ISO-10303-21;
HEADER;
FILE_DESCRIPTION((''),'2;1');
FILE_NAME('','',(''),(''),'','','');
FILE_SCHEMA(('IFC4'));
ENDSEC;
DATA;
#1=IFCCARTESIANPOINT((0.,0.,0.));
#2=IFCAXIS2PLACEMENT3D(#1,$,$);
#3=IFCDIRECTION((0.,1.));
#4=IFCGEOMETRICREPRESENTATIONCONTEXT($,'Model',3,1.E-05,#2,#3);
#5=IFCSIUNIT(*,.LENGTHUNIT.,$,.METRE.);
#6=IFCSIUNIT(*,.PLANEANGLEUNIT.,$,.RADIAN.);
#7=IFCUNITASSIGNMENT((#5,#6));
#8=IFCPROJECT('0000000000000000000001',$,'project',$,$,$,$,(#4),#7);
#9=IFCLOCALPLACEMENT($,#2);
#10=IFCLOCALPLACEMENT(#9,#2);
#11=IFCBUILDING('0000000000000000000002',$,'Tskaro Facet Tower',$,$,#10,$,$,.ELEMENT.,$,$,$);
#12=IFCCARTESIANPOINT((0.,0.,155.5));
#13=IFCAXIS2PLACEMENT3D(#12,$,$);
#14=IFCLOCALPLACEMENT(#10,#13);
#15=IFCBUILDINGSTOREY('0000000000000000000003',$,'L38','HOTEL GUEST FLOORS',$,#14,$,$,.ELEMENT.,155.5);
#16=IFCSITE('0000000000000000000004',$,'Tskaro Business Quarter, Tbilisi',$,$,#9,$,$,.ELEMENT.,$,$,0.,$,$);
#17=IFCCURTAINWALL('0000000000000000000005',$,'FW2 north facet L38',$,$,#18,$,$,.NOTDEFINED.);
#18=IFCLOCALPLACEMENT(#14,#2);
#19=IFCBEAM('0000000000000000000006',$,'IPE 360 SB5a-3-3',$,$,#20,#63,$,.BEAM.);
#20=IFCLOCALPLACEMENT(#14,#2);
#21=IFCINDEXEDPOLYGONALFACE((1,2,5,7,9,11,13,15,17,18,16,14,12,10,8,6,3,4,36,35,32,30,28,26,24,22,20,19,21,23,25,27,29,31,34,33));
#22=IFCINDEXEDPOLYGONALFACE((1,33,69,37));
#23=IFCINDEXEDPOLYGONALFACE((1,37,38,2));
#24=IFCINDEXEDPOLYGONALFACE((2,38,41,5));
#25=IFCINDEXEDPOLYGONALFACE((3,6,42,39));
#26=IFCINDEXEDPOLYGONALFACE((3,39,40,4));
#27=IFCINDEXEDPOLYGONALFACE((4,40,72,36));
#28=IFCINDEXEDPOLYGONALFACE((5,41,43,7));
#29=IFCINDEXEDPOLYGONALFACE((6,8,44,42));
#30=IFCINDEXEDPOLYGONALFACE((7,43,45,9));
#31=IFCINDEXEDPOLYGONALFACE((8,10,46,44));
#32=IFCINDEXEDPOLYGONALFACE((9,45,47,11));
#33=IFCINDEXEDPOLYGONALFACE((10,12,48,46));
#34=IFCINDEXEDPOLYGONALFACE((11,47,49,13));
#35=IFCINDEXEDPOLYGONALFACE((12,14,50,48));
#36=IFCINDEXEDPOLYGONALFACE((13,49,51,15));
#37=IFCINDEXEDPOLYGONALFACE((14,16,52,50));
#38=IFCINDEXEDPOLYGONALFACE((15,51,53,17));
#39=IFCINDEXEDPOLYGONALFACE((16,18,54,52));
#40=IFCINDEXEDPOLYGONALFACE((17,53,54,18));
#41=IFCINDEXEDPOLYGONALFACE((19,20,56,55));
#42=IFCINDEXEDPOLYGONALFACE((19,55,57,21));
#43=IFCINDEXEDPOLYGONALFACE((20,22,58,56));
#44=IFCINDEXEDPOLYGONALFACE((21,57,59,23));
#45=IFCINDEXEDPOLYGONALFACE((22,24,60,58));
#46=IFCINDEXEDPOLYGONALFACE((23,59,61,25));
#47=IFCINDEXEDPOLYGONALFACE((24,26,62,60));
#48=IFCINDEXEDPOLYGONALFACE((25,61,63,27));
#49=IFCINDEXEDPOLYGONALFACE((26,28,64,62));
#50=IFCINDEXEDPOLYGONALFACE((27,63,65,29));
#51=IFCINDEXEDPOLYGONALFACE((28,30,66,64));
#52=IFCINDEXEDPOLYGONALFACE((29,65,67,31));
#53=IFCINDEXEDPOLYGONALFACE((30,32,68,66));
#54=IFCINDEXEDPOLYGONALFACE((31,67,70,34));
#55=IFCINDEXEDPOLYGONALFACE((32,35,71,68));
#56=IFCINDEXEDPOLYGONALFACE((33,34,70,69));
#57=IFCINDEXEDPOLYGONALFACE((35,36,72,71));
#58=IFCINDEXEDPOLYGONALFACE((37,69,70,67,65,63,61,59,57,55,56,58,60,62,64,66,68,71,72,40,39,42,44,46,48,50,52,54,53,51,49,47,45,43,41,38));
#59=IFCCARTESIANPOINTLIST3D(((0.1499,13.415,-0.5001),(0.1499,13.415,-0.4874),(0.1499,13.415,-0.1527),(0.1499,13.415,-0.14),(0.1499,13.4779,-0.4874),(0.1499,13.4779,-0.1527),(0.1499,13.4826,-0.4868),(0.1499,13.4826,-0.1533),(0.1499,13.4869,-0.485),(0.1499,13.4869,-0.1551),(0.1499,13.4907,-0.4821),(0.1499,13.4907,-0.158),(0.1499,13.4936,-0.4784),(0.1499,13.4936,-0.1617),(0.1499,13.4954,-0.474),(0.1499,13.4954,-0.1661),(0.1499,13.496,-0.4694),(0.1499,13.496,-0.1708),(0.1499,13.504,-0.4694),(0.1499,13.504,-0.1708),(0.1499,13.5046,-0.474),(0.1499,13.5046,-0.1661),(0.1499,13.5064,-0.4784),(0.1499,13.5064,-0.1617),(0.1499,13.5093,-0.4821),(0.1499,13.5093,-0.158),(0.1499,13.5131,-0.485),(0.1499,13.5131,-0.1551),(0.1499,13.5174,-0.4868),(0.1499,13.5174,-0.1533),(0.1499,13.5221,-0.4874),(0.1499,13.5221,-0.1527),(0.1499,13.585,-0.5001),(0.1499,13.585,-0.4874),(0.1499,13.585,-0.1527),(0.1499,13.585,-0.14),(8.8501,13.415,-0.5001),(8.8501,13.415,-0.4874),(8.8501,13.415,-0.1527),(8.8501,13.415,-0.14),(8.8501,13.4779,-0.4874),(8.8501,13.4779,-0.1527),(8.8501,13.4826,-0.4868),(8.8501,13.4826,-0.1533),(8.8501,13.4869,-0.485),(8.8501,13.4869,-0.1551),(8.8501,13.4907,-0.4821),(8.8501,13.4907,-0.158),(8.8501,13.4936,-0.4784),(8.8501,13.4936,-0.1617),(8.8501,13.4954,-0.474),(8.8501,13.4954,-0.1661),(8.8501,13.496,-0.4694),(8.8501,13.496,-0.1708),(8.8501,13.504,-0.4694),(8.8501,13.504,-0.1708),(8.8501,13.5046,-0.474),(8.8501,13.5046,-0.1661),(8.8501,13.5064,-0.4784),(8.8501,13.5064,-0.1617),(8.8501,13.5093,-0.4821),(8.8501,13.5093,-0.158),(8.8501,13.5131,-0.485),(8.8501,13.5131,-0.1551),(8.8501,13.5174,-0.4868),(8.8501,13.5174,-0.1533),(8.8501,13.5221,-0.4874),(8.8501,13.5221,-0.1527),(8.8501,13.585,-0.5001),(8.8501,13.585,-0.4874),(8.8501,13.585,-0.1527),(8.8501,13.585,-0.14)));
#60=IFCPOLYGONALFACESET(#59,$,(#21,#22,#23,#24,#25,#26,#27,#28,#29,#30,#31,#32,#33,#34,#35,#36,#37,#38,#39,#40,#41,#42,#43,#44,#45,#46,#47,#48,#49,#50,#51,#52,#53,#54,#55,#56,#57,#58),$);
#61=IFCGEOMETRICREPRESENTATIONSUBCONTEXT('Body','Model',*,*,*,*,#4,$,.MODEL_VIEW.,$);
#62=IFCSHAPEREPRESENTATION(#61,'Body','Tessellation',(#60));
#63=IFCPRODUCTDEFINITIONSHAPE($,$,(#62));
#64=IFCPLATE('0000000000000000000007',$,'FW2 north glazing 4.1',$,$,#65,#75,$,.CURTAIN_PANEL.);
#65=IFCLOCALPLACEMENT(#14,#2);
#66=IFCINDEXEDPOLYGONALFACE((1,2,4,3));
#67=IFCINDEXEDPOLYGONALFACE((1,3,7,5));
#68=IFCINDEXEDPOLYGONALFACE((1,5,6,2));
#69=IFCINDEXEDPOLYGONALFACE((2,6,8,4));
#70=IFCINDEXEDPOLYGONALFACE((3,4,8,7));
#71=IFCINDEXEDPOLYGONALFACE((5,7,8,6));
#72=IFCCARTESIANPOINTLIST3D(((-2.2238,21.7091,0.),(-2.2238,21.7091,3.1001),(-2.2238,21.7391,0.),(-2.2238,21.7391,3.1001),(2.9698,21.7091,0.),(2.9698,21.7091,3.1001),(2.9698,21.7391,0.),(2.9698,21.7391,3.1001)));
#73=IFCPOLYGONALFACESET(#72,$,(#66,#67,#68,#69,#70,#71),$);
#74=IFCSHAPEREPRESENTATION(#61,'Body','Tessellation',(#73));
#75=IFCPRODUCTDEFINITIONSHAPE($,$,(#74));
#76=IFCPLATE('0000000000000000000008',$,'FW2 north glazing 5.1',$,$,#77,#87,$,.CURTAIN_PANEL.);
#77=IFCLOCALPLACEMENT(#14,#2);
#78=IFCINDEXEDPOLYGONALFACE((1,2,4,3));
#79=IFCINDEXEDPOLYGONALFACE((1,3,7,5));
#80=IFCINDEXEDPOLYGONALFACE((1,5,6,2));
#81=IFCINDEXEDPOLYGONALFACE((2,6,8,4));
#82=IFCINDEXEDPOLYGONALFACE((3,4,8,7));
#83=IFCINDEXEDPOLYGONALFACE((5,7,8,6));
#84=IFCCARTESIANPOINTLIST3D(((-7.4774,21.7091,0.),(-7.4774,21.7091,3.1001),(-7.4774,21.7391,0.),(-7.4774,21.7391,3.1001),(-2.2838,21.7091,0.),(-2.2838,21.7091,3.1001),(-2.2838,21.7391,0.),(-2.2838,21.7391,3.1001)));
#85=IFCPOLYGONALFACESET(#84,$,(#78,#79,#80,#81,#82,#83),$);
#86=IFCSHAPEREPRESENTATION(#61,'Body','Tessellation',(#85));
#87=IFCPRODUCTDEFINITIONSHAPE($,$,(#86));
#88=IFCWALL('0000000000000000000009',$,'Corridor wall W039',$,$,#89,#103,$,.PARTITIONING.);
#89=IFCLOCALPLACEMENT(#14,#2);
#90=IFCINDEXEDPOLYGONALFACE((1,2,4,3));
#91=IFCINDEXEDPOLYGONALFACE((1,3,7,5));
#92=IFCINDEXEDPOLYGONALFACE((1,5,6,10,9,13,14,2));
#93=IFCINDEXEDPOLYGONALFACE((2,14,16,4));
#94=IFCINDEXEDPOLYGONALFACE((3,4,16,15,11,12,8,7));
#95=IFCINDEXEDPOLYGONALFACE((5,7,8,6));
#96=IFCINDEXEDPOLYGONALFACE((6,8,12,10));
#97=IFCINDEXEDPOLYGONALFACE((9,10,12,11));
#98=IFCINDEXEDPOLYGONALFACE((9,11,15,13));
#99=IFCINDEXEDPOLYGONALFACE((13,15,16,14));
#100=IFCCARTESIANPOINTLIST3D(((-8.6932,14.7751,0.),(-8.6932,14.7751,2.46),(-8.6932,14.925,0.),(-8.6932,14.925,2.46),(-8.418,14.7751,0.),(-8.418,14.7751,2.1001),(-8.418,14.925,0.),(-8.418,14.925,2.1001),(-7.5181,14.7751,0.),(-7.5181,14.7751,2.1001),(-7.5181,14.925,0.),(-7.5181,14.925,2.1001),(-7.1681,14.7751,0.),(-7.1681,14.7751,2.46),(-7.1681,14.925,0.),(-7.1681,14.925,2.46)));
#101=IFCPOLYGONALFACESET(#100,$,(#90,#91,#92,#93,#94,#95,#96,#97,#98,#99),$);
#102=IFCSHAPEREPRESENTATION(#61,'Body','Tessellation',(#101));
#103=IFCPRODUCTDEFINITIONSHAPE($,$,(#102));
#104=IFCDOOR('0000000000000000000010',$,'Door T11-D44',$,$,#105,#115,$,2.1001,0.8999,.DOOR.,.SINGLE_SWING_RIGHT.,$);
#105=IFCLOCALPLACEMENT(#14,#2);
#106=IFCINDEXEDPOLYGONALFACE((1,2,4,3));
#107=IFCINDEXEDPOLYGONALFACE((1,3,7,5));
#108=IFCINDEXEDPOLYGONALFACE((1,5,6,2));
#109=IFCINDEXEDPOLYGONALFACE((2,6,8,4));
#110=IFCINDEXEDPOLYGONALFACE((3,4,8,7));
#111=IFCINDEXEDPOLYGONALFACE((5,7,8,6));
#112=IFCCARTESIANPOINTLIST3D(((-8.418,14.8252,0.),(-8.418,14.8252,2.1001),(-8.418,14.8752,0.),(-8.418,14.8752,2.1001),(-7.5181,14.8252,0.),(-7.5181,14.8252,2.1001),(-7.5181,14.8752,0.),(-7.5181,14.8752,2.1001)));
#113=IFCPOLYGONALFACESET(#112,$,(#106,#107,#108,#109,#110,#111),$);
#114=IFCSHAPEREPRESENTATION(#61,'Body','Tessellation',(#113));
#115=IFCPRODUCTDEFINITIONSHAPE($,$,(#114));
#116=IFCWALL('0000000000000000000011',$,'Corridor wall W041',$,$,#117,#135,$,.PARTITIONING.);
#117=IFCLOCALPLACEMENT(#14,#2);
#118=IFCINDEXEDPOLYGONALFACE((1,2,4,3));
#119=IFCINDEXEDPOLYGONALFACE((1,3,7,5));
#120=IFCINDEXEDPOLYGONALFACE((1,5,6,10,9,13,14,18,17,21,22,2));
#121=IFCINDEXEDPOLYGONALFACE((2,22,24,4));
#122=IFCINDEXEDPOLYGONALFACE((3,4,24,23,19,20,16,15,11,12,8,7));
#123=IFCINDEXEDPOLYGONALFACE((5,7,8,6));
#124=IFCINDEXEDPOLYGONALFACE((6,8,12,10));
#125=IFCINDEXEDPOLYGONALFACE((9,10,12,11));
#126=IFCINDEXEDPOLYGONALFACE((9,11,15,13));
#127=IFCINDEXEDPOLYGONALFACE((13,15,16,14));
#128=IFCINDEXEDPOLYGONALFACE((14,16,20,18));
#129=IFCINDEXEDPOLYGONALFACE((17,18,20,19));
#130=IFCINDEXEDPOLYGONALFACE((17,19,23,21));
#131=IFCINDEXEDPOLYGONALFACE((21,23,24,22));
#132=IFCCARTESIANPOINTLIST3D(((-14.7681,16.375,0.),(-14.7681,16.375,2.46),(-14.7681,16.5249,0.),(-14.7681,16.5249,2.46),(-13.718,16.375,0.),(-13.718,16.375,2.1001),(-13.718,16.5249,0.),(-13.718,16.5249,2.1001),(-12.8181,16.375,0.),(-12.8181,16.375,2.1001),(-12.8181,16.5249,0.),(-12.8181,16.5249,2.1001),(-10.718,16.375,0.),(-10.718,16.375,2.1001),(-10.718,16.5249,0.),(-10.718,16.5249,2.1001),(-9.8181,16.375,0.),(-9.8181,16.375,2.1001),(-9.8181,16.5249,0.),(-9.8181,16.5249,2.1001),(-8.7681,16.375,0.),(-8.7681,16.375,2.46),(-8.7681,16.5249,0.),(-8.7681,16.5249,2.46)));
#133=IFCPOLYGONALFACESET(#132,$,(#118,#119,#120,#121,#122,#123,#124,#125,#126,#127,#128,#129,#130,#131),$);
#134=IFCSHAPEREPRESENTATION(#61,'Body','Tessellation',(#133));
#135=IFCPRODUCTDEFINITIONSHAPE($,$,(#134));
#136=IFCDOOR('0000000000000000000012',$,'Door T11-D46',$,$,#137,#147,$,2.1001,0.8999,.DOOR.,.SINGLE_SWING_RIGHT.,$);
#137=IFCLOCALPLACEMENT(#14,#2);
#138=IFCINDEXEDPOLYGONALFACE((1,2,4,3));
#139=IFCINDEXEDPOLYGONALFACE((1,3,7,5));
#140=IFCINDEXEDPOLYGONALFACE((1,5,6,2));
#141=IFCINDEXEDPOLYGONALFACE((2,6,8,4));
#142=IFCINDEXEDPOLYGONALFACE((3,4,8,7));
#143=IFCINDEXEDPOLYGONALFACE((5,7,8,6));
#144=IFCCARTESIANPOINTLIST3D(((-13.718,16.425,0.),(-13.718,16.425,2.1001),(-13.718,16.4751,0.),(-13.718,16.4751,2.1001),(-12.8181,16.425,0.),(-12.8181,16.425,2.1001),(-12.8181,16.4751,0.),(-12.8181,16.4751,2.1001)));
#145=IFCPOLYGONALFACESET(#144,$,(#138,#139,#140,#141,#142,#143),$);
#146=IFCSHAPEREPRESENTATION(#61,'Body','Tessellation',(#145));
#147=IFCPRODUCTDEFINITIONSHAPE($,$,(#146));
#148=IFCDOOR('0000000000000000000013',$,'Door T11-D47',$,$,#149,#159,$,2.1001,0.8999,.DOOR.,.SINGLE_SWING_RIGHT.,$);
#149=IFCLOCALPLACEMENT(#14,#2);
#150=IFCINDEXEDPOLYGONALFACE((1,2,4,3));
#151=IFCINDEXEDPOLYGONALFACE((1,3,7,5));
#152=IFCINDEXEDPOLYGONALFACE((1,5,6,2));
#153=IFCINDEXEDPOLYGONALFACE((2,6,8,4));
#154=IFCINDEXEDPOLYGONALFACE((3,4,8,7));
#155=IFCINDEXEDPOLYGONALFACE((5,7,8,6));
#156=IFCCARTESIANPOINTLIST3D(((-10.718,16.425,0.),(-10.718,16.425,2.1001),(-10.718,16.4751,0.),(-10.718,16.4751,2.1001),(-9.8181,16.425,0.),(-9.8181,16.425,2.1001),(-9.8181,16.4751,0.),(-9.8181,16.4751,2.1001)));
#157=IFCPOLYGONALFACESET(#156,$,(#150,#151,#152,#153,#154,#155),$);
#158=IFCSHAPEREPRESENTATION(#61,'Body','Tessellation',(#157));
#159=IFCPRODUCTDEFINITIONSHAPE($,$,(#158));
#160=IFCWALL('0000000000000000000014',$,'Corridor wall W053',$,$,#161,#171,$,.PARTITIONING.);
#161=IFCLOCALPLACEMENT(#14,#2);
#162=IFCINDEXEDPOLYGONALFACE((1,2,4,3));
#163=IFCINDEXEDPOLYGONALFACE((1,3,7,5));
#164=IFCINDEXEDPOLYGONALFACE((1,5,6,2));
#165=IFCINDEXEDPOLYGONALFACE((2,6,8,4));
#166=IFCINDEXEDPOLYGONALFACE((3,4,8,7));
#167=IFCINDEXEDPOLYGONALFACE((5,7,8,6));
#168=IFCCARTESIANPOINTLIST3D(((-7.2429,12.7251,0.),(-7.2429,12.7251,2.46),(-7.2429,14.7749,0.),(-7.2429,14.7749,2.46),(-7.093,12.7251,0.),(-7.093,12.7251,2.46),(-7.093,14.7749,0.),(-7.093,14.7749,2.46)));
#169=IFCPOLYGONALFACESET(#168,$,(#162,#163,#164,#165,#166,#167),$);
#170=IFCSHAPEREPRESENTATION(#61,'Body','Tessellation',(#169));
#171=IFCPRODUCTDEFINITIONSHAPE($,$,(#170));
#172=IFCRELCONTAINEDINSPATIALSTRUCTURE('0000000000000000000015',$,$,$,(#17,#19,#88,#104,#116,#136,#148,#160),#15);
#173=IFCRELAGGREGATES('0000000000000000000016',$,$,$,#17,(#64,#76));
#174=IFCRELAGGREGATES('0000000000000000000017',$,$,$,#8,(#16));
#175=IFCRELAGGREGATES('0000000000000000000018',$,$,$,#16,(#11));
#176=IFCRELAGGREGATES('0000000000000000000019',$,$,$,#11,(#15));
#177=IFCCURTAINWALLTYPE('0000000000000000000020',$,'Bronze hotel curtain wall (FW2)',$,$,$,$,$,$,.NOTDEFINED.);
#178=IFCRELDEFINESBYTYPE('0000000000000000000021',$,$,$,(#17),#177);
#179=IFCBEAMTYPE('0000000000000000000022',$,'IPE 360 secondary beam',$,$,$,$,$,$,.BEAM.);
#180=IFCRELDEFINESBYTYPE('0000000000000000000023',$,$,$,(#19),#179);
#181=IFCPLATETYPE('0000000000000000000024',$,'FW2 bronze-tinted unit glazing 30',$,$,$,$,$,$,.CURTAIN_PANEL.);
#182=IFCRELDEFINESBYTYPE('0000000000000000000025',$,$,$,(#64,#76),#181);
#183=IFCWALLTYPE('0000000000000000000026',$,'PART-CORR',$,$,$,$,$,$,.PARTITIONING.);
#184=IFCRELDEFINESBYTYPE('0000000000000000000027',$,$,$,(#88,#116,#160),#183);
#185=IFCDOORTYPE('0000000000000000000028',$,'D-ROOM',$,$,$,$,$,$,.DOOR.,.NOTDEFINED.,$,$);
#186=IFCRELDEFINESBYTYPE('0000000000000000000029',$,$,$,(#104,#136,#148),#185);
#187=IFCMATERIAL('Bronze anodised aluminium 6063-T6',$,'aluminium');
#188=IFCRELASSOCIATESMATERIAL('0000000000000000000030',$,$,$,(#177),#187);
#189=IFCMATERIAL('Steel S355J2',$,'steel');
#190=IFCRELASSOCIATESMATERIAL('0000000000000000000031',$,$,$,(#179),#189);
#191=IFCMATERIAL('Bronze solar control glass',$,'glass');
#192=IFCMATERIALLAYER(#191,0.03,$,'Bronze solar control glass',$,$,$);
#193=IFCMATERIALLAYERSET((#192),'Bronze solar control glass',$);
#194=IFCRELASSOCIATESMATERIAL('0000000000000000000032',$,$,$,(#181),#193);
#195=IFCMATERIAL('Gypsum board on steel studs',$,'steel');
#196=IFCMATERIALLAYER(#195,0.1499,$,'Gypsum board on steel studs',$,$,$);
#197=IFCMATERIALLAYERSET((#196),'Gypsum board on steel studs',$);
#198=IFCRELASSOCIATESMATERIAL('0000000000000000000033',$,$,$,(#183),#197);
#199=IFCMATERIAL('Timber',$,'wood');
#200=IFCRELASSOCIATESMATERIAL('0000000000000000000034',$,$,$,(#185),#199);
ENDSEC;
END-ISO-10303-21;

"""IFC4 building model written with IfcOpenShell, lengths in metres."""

from ifc_helpers import new_model, si_unit, direction, frame, frame_2d, origin, origin_2d, place, context, subcontext, project, spatial, rectangle, i_section, extrude, material, layer, layer_set, material_profile, profile_set, type_object, element, fill, aggregate, save


model = new_model("IFC4")

# Units and contexts
model_context = context("Model", 3, precision=1e-05, world=origin(), true_north=direction((0.0, 1.0)))
body_context = subcontext(model_context, "Body", "Model", "MODEL_VIEW")
ifc_project = project(units=[si_unit("LENGTHUNIT", "METRE"), si_unit("PLANEANGLEUNIT", "RADIAN")], contexts=[model_context])

# Site, building, storey
site_placement = place(None, origin())
site = spatial("IfcSite", under=ifc_project, at=site_placement, Name="Tskaro Business Quarter, Tbilisi", CompositionType="ELEMENT", RefElevation=0.0)
building_placement = place(site_placement, origin())
building = spatial("IfcBuilding", under=site, at=building_placement, Name="Tskaro Facet Tower", CompositionType="ELEMENT")
storey_placement = place(building_placement, frame((0.0, 0.0, 155.5)))
storey = spatial("IfcBuildingStorey", under=building, at=storey_placement, Name="L38", Description="HOTEL GUEST FLOORS", CompositionType="ELEMENT", Elevation=155.5)

# Curtain wall
ifc_material_1 = material(Name="Bronze anodised aluminium 6063-T6", Category="aluminium")
curtain_wall_type = type_object("IfcCurtainWallType", Name="Bronze hotel curtain wall (FW2)", PredefinedType="NOTDEFINED", material=ifc_material_1)
curtain_wall_placement = place(storey_placement, origin())
curtain_wall = element("IfcCurtainWall", 1, at=curtain_wall_placement, inside=storey, type_object=curtain_wall_type, Name="FW2 north facet L38", PredefinedType="NOTDEFINED")

# Beam
ifc_material_2 = material(Name="Steel S355J2", Category="steel")
ifc_material_profile_1 = material_profile(ifc_material_2, i_section(OverallWidth=0.1699, OverallDepth=0.3601, WebThickness=0.0081, FlangeThickness=0.0127, FilletRadius=0.0181, at=origin_2d()), Name="IPE 360")
ifc_profile_set_1 = profile_set([ifc_material_profile_1], Name="Steel S355J2")
beam_type_1 = type_object("IfcBeamType", Name="IPE 360 secondary beam", PredefinedType="BEAM", material=ifc_profile_set_1)
beam_1_placement = place(storey_placement, frame((0.1499, 13.5, -0.3201), z_axis=(1.0, 0.0, 0.0), x_axis=(0.0, 1.0, 0.0)))
element("IfcBeam", 2, at=beam_1_placement, inside=storey, type_object=beam_type_1, Name="IPE 360 SB5a-3-3", PredefinedType="BEAM", context=body_context, shape_type="SweptSolid", body=[
    extrude(i_section(OverallWidth=0.1699, OverallDepth=0.3601, WebThickness=0.0081, FlangeThickness=0.0127, FilletRadius=0.0181, at=origin_2d()), origin(), (0.0, 0.0, 1.0), 8.7002),
])

# Plates
ifc_material_3 = material(Name="Bronze solar control glass", Category="glass")
ifc_layer_1 = layer(ifc_material_3, 0.03, Name="Bronze solar control glass")
ifc_layer_set_1 = layer_set([ifc_layer_1], Name="Bronze solar control glass")
plate_type = type_object("IfcPlateType", Name="FW2 bronze-tinted unit glazing 30", PredefinedType="CURTAIN_PANEL", material=ifc_layer_set_1)
plate_1_placement = place(storey_placement, frame((0.373, 21.7241, 0.0), z_axis=(0.0, 0.0, 1.0), x_axis=(-1.0, 0.0, 0.0)))
plate_1 = element("IfcPlate", 3, at=plate_1_placement, type_object=plate_type, Name="FW2 north glazing 4.1", PredefinedType="CURTAIN_PANEL", context=body_context, shape_type="SweptSolid", body=[
    extrude(rectangle(XDim=5.1936, YDim=0.03, at=origin_2d()), origin(), (0.0, 0.0, 1.0), 3.1001),
])
plate_2_placement = place(storey_placement, frame((-4.8806, 21.7241, 0.0), z_axis=(0.0, 0.0, 1.0), x_axis=(-1.0, 0.0, 0.0)))
plate_2 = element("IfcPlate", 4, at=plate_2_placement, type_object=plate_type, Name="FW2 north glazing 5.1", PredefinedType="CURTAIN_PANEL", context=body_context, shape_type="SweptSolid", body=[
    extrude(rectangle(XDim=5.1936, YDim=0.03, at=origin_2d()), origin(), (0.0, 0.0, 1.0), 3.1001),
])
aggregate(curtain_wall, [plate_1, plate_2])

# Wall, opening, door
ifc_material_4 = material(Name="Gypsum board on steel studs", Category="steel")
ifc_layer_2 = layer(ifc_material_4, 0.1499, Name="Gypsum board on steel studs")
ifc_layer_set_2 = layer_set([ifc_layer_2], Name="Gypsum board on steel studs")
wall_type_1 = type_object("IfcWallType", Name="PART-CORR", PredefinedType="PARTITIONING", material=ifc_layer_set_2)
wall_1_placement = place(storey_placement, frame((-7.168, 14.8501, 0.0), z_axis=(0.0, 0.0, 1.0), x_axis=(-1.0, 0.0, 0.0)))
wall_1 = element("IfcWall", 5, at=wall_1_placement, inside=storey, type_object=wall_type_1, Name="Corridor wall W039", PredefinedType="PARTITIONING", context=body_context, shape_type="SweptSolid", body=[
    extrude(rectangle(XDim=1.5251, YDim=0.1499, at=frame_2d((0.7627, 0.0))), origin(), (0.0, 0.0, 1.0), 2.46),
])
opening_1_placement = place(wall_1_placement, frame((0.3501, 0.0, 0.0)))
opening_1 = element("IfcOpeningElement", 6, at=opening_1_placement, cuts=wall_1, PredefinedType="OPENING", context=body_context, shape_type="SweptSolid", body=[
    extrude(rectangle(XDim=0.8999, YDim=2.1001, at=frame_2d((0.45, 1.05))), frame((0.0, 0.085, 0.0), z_axis=(0.0, -1.0, 0.0), x_axis=(1.0, 0.0, 0.0)), (0.0, 0.0, 1.0), 0.1699),
])
ifc_material_5 = material(Name="Timber", Category="wood")
door_type_1 = type_object("IfcDoorType", Name="D-ROOM", OperationType="NOTDEFINED", PredefinedType="DOOR", material=ifc_material_5)
door_1_placement = place(opening_1_placement, origin())
door_1 = element("IfcDoor", 7, at=door_1_placement, inside=storey, type_object=door_type_1, Name="Door T11-D44", OperationType="SINGLE_SWING_RIGHT", OverallHeight=2.1001, OverallWidth=0.8999, PredefinedType="DOOR", context=body_context, shape_type="SweptSolid", body=[
    extrude(rectangle(XDim=0.8999, YDim=2.1001, at=frame_2d((0.45, 1.05))), frame((0.0, 0.0249, 0.0), z_axis=(0.0, -1.0, 0.0), x_axis=(1.0, 0.0, 0.0)), (0.0, 0.0, 1.0), 0.05),
])
fill(opening_1, door_1)

# Wall, openings, doors
wall_2_placement = place(storey_placement, frame((-8.7681, 16.45, 0.0), z_axis=(0.0, 0.0, 1.0), x_axis=(-1.0, 0.0, 0.0)))
wall_2 = element("IfcWall", 8, at=wall_2_placement, inside=storey, type_object=wall_type_1, Name="Corridor wall W041", PredefinedType="PARTITIONING", context=body_context, shape_type="SweptSolid", body=[
    extrude(rectangle(XDim=6.0, YDim=0.1499, at=frame_2d((3.0, 0.0))), origin(), (0.0, 0.0, 1.0), 2.46),
])
opening_2_placement = place(wall_2_placement, frame((4.05, 0.0, 0.0)))
opening_2 = element("IfcOpeningElement", 9, at=opening_2_placement, cuts=wall_2, PredefinedType="OPENING", context=body_context, shape_type="SweptSolid", body=[
    extrude(rectangle(XDim=0.8999, YDim=2.1001, at=frame_2d((0.45, 1.05))), frame((0.0, 0.085, 0.0), z_axis=(0.0, -1.0, 0.0), x_axis=(1.0, 0.0, 0.0)), (0.0, 0.0, 1.0), 0.1699),
])
opening_3_placement = place(wall_2_placement, frame((1.05, 0.0, 0.0)))
opening_3 = element("IfcOpeningElement", 10, at=opening_3_placement, cuts=wall_2, PredefinedType="OPENING", context=body_context, shape_type="SweptSolid", body=[
    extrude(rectangle(XDim=0.8999, YDim=2.1001, at=frame_2d((0.45, 1.05))), frame((0.0, 0.085, 0.0), z_axis=(0.0, -1.0, 0.0), x_axis=(1.0, 0.0, 0.0)), (0.0, 0.0, 1.0), 0.1699),
])
door_2_placement = place(opening_2_placement, origin())
door_2 = element("IfcDoor", 11, at=door_2_placement, inside=storey, type_object=door_type_1, Name="Door T11-D46", OperationType="SINGLE_SWING_RIGHT", OverallHeight=2.1001, OverallWidth=0.8999, PredefinedType="DOOR", context=body_context, shape_type="SweptSolid", body=[
    extrude(rectangle(XDim=0.8999, YDim=2.1001, at=frame_2d((0.45, 1.05))), frame((0.0, 0.0249, 0.0), z_axis=(0.0, -1.0, 0.0), x_axis=(1.0, 0.0, 0.0)), (0.0, 0.0, 1.0), 0.05),
])
fill(opening_2, door_2)
door_3_placement = place(opening_3_placement, origin())
door_3 = element("IfcDoor", 12, at=door_3_placement, inside=storey, type_object=door_type_1, Name="Door T11-D47", OperationType="SINGLE_SWING_RIGHT", OverallHeight=2.1001, OverallWidth=0.8999, PredefinedType="DOOR", context=body_context, shape_type="SweptSolid", body=[
    extrude(rectangle(XDim=0.8999, YDim=2.1001, at=frame_2d((0.45, 1.05))), frame((0.0, 0.0249, 0.0), z_axis=(0.0, -1.0, 0.0), x_axis=(1.0, 0.0, 0.0)), (0.0, 0.0, 1.0), 0.05),
])
fill(opening_3, door_3)

# Wall
wall_3_placement = place(storey_placement, frame((-7.168, 12.7251, 0.0), z_axis=(0.0, 0.0, 1.0), x_axis=(0.0, 1.0, 0.0)))
element("IfcWall", 13, at=wall_3_placement, inside=storey, type_object=wall_type_1, Name="Corridor wall W053", PredefinedType="PARTITIONING", context=body_context, shape_type="SweptSolid", body=[
    extrude(rectangle(XDim=2.0498, YDim=0.1499, at=frame_2d((1.0249, 0.0))), origin(), (0.0, 0.0, 1.0), 2.46),
])

save(model, "model.ifc")
